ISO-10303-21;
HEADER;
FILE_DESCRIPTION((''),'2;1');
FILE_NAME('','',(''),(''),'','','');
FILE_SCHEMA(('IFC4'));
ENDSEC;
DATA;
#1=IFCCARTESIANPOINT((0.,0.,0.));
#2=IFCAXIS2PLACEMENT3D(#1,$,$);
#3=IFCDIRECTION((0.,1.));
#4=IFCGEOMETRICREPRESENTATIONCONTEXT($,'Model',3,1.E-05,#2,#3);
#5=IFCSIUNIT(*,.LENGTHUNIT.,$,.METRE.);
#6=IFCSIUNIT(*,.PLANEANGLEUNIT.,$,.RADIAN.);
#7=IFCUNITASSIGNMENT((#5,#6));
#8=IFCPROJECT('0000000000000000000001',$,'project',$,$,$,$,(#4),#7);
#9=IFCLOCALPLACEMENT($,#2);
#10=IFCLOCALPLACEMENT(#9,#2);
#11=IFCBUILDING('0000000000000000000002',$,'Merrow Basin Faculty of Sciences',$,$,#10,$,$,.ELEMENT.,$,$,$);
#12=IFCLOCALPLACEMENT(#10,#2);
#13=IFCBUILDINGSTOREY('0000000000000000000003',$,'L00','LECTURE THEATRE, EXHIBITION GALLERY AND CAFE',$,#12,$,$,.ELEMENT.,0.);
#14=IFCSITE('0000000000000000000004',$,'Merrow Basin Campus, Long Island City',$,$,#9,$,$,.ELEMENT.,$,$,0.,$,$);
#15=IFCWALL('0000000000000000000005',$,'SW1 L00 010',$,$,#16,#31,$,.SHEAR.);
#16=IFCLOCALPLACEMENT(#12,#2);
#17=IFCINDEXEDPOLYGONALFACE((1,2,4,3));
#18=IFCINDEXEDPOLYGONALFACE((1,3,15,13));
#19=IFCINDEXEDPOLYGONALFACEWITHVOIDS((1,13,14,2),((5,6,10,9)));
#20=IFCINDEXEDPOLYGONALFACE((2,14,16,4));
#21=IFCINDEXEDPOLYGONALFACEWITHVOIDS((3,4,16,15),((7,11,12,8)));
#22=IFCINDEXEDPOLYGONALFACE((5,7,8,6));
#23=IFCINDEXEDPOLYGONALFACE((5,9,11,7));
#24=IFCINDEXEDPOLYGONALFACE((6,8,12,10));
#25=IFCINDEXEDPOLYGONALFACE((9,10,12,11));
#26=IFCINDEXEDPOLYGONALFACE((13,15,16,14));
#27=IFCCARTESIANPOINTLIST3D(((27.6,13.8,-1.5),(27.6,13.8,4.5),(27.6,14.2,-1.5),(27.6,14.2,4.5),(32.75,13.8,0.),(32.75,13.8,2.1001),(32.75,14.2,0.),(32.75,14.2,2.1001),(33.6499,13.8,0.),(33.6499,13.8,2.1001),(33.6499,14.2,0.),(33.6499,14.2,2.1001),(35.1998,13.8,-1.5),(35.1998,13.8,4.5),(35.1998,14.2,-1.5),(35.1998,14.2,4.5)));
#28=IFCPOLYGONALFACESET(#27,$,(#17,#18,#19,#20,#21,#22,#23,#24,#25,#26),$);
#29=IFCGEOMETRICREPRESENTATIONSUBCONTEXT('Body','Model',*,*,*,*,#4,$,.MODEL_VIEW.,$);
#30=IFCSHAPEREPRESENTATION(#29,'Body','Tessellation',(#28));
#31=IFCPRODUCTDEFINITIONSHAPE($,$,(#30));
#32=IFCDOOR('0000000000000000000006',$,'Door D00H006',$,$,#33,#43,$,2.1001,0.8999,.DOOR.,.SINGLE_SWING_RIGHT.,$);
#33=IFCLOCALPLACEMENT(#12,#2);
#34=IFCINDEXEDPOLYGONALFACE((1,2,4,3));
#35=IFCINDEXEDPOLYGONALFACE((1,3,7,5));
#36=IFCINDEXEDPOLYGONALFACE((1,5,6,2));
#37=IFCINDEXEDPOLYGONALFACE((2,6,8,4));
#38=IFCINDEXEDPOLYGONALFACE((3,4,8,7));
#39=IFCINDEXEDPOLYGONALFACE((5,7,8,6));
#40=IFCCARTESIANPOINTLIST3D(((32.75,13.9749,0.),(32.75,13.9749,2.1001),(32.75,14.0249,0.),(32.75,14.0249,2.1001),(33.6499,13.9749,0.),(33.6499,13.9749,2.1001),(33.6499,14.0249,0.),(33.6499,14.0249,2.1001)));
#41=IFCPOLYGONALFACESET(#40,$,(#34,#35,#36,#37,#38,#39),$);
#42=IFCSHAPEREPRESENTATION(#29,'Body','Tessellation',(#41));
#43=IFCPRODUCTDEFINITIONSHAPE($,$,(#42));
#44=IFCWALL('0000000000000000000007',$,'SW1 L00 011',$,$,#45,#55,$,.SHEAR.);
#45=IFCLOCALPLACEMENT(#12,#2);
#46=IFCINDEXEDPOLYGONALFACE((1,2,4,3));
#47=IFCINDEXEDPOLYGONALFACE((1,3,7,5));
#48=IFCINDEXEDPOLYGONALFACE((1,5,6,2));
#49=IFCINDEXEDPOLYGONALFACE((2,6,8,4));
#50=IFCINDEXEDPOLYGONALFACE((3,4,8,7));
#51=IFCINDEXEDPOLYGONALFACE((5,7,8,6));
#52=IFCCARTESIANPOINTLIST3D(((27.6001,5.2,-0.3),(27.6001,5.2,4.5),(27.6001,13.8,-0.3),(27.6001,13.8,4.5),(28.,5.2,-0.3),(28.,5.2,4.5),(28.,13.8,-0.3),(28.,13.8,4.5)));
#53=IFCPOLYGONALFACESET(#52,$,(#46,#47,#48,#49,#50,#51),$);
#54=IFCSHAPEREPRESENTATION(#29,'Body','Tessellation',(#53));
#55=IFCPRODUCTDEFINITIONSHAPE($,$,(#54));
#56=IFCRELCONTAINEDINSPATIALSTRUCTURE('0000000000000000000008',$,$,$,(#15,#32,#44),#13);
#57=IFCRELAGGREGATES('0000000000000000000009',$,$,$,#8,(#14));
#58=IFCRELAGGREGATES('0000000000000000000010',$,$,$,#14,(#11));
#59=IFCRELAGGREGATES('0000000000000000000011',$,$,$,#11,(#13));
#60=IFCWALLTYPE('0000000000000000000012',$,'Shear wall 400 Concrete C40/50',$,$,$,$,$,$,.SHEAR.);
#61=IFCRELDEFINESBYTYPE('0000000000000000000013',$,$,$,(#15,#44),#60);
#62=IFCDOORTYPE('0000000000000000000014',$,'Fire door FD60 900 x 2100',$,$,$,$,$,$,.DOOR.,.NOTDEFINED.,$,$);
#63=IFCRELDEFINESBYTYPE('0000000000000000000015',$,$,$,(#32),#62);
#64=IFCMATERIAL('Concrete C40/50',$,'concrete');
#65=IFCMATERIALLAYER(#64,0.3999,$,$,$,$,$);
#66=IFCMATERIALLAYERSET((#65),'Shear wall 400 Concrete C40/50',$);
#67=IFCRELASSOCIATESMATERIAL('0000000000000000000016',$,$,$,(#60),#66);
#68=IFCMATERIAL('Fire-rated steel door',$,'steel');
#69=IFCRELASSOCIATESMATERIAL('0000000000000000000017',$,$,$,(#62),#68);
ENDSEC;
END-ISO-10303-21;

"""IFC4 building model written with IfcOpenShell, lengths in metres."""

from ifc_helpers import new_model, si_unit, direction, frame, frame_2d, origin, place, context, subcontext, project, spatial, rectangle, extrude, material, layer, layer_set, type_object, element, fill, save


model = new_model("IFC4")

# Units and contexts
model_context = context("Model", 3, precision=1e-05, world=origin(), true_north=direction((0.0, 1.0)))
body_context = subcontext(model_context, "Body", "Model", "MODEL_VIEW")
ifc_project = project(units=[si_unit("LENGTHUNIT", "METRE"), si_unit("PLANEANGLEUNIT", "RADIAN")], contexts=[model_context])

# Site, building, storey
site_placement = place(None, origin())
site = spatial("IfcSite", under=ifc_project, at=site_placement, Name="Merrow Basin Campus, Long Island City", CompositionType="ELEMENT", RefElevation=0.0)
building_placement = place(site_placement, origin())
building = spatial("IfcBuilding", under=site, at=building_placement, Name="Merrow Basin Faculty of Sciences", CompositionType="ELEMENT")
storey_placement = place(building_placement, origin())
storey = spatial("IfcBuildingStorey", under=building, at=storey_placement, Name="L00", Description="LECTURE THEATRE, EXHIBITION GALLERY AND CAFE", CompositionType="ELEMENT", Elevation=0.0)

# Shared definitions
ifc_material_1 = material(Name="Concrete C40/50", Category="concrete")
ifc_layer_1 = layer(ifc_material_1, 0.3999)
ifc_layer_set_1 = layer_set([ifc_layer_1], Name="Shear wall 400 Concrete C40/50")
wall_type_1 = type_object("IfcWallType", Name="Shear wall 400 Concrete C40/50", PredefinedType="SHEAR", material=ifc_layer_set_1)

# Wall, opening, door
wall_1_placement = place(storey_placement, frame((27.6001, 14.0, -1.5), z_axis=(0.0, 0.0, 1.0), x_axis=(1.0, 0.0, 0.0)))
wall_1 = element("IfcWall", 1, at=wall_1_placement, inside=storey, type_object=wall_type_1, Name="SW1 L00 010", PredefinedType="SHEAR", context=body_context, shape_type="SweptSolid", body=[
    extrude(rectangle(XDim=7.5999, YDim=0.3999, at=frame_2d((3.7998, 0.0))), origin(), (0.0, 0.0, 1.0), 6.0),
])
opening_1_placement = place(wall_1_placement, frame((5.1499, 0.0, 1.5)))
opening_1 = element("IfcOpeningElement", 2, at=opening_1_placement, cuts=wall_1, PredefinedType="OPENING", context=body_context, shape_type="SweptSolid", body=[
    extrude(rectangle(XDim=0.8999, YDim=2.1001, at=frame_2d((0.45, 1.05))), frame((0.0, 0.21, 0.0), z_axis=(0.0, -1.0, 0.0), x_axis=(1.0, 0.0, 0.0)), (0.0, 0.0, 1.0), 0.4199),
])
ifc_material_2 = material(Name="Fire-rated steel door", Category="steel")
door_type_1 = type_object("IfcDoorType", Name="Fire door FD60 900 x 2100", OperationType="NOTDEFINED", PredefinedType="DOOR", material=ifc_material_2)
door_1_placement = place(opening_1_placement, origin())
door_1 = element("IfcDoor", 3, at=door_1_placement, inside=storey, type_object=door_type_1, Name="Door D00H006", OperationType="SINGLE_SWING_RIGHT", OverallHeight=2.1001, OverallWidth=0.8999, PredefinedType="DOOR", context=body_context, shape_type="SweptSolid", body=[
    extrude(rectangle(XDim=0.8999, YDim=2.1001, at=frame_2d((0.45, 1.05))), frame((0.0, 0.0249, 0.0), z_axis=(0.0, -1.0, 0.0), x_axis=(1.0, 0.0, 0.0)), (0.0, 0.0, 1.0), 0.05),
])
fill(opening_1, door_1)

# Wall
wall_2_placement = place(storey_placement, frame((27.8, 5.2, -0.3), z_axis=(0.0, 0.0, 1.0), x_axis=(0.0, 1.0, 0.0)))
element("IfcWall", 4, at=wall_2_placement, inside=storey, type_object=wall_type_1, Name="SW1 L00 011", PredefinedType="SHEAR", context=body_context, shape_type="SweptSolid", body=[
    extrude(rectangle(XDim=8.6001, YDim=0.3999, at=frame_2d((4.3, 0.0))), origin(), (0.0, 0.0, 1.0), 4.8),
])

save(model, "model.ifc")
